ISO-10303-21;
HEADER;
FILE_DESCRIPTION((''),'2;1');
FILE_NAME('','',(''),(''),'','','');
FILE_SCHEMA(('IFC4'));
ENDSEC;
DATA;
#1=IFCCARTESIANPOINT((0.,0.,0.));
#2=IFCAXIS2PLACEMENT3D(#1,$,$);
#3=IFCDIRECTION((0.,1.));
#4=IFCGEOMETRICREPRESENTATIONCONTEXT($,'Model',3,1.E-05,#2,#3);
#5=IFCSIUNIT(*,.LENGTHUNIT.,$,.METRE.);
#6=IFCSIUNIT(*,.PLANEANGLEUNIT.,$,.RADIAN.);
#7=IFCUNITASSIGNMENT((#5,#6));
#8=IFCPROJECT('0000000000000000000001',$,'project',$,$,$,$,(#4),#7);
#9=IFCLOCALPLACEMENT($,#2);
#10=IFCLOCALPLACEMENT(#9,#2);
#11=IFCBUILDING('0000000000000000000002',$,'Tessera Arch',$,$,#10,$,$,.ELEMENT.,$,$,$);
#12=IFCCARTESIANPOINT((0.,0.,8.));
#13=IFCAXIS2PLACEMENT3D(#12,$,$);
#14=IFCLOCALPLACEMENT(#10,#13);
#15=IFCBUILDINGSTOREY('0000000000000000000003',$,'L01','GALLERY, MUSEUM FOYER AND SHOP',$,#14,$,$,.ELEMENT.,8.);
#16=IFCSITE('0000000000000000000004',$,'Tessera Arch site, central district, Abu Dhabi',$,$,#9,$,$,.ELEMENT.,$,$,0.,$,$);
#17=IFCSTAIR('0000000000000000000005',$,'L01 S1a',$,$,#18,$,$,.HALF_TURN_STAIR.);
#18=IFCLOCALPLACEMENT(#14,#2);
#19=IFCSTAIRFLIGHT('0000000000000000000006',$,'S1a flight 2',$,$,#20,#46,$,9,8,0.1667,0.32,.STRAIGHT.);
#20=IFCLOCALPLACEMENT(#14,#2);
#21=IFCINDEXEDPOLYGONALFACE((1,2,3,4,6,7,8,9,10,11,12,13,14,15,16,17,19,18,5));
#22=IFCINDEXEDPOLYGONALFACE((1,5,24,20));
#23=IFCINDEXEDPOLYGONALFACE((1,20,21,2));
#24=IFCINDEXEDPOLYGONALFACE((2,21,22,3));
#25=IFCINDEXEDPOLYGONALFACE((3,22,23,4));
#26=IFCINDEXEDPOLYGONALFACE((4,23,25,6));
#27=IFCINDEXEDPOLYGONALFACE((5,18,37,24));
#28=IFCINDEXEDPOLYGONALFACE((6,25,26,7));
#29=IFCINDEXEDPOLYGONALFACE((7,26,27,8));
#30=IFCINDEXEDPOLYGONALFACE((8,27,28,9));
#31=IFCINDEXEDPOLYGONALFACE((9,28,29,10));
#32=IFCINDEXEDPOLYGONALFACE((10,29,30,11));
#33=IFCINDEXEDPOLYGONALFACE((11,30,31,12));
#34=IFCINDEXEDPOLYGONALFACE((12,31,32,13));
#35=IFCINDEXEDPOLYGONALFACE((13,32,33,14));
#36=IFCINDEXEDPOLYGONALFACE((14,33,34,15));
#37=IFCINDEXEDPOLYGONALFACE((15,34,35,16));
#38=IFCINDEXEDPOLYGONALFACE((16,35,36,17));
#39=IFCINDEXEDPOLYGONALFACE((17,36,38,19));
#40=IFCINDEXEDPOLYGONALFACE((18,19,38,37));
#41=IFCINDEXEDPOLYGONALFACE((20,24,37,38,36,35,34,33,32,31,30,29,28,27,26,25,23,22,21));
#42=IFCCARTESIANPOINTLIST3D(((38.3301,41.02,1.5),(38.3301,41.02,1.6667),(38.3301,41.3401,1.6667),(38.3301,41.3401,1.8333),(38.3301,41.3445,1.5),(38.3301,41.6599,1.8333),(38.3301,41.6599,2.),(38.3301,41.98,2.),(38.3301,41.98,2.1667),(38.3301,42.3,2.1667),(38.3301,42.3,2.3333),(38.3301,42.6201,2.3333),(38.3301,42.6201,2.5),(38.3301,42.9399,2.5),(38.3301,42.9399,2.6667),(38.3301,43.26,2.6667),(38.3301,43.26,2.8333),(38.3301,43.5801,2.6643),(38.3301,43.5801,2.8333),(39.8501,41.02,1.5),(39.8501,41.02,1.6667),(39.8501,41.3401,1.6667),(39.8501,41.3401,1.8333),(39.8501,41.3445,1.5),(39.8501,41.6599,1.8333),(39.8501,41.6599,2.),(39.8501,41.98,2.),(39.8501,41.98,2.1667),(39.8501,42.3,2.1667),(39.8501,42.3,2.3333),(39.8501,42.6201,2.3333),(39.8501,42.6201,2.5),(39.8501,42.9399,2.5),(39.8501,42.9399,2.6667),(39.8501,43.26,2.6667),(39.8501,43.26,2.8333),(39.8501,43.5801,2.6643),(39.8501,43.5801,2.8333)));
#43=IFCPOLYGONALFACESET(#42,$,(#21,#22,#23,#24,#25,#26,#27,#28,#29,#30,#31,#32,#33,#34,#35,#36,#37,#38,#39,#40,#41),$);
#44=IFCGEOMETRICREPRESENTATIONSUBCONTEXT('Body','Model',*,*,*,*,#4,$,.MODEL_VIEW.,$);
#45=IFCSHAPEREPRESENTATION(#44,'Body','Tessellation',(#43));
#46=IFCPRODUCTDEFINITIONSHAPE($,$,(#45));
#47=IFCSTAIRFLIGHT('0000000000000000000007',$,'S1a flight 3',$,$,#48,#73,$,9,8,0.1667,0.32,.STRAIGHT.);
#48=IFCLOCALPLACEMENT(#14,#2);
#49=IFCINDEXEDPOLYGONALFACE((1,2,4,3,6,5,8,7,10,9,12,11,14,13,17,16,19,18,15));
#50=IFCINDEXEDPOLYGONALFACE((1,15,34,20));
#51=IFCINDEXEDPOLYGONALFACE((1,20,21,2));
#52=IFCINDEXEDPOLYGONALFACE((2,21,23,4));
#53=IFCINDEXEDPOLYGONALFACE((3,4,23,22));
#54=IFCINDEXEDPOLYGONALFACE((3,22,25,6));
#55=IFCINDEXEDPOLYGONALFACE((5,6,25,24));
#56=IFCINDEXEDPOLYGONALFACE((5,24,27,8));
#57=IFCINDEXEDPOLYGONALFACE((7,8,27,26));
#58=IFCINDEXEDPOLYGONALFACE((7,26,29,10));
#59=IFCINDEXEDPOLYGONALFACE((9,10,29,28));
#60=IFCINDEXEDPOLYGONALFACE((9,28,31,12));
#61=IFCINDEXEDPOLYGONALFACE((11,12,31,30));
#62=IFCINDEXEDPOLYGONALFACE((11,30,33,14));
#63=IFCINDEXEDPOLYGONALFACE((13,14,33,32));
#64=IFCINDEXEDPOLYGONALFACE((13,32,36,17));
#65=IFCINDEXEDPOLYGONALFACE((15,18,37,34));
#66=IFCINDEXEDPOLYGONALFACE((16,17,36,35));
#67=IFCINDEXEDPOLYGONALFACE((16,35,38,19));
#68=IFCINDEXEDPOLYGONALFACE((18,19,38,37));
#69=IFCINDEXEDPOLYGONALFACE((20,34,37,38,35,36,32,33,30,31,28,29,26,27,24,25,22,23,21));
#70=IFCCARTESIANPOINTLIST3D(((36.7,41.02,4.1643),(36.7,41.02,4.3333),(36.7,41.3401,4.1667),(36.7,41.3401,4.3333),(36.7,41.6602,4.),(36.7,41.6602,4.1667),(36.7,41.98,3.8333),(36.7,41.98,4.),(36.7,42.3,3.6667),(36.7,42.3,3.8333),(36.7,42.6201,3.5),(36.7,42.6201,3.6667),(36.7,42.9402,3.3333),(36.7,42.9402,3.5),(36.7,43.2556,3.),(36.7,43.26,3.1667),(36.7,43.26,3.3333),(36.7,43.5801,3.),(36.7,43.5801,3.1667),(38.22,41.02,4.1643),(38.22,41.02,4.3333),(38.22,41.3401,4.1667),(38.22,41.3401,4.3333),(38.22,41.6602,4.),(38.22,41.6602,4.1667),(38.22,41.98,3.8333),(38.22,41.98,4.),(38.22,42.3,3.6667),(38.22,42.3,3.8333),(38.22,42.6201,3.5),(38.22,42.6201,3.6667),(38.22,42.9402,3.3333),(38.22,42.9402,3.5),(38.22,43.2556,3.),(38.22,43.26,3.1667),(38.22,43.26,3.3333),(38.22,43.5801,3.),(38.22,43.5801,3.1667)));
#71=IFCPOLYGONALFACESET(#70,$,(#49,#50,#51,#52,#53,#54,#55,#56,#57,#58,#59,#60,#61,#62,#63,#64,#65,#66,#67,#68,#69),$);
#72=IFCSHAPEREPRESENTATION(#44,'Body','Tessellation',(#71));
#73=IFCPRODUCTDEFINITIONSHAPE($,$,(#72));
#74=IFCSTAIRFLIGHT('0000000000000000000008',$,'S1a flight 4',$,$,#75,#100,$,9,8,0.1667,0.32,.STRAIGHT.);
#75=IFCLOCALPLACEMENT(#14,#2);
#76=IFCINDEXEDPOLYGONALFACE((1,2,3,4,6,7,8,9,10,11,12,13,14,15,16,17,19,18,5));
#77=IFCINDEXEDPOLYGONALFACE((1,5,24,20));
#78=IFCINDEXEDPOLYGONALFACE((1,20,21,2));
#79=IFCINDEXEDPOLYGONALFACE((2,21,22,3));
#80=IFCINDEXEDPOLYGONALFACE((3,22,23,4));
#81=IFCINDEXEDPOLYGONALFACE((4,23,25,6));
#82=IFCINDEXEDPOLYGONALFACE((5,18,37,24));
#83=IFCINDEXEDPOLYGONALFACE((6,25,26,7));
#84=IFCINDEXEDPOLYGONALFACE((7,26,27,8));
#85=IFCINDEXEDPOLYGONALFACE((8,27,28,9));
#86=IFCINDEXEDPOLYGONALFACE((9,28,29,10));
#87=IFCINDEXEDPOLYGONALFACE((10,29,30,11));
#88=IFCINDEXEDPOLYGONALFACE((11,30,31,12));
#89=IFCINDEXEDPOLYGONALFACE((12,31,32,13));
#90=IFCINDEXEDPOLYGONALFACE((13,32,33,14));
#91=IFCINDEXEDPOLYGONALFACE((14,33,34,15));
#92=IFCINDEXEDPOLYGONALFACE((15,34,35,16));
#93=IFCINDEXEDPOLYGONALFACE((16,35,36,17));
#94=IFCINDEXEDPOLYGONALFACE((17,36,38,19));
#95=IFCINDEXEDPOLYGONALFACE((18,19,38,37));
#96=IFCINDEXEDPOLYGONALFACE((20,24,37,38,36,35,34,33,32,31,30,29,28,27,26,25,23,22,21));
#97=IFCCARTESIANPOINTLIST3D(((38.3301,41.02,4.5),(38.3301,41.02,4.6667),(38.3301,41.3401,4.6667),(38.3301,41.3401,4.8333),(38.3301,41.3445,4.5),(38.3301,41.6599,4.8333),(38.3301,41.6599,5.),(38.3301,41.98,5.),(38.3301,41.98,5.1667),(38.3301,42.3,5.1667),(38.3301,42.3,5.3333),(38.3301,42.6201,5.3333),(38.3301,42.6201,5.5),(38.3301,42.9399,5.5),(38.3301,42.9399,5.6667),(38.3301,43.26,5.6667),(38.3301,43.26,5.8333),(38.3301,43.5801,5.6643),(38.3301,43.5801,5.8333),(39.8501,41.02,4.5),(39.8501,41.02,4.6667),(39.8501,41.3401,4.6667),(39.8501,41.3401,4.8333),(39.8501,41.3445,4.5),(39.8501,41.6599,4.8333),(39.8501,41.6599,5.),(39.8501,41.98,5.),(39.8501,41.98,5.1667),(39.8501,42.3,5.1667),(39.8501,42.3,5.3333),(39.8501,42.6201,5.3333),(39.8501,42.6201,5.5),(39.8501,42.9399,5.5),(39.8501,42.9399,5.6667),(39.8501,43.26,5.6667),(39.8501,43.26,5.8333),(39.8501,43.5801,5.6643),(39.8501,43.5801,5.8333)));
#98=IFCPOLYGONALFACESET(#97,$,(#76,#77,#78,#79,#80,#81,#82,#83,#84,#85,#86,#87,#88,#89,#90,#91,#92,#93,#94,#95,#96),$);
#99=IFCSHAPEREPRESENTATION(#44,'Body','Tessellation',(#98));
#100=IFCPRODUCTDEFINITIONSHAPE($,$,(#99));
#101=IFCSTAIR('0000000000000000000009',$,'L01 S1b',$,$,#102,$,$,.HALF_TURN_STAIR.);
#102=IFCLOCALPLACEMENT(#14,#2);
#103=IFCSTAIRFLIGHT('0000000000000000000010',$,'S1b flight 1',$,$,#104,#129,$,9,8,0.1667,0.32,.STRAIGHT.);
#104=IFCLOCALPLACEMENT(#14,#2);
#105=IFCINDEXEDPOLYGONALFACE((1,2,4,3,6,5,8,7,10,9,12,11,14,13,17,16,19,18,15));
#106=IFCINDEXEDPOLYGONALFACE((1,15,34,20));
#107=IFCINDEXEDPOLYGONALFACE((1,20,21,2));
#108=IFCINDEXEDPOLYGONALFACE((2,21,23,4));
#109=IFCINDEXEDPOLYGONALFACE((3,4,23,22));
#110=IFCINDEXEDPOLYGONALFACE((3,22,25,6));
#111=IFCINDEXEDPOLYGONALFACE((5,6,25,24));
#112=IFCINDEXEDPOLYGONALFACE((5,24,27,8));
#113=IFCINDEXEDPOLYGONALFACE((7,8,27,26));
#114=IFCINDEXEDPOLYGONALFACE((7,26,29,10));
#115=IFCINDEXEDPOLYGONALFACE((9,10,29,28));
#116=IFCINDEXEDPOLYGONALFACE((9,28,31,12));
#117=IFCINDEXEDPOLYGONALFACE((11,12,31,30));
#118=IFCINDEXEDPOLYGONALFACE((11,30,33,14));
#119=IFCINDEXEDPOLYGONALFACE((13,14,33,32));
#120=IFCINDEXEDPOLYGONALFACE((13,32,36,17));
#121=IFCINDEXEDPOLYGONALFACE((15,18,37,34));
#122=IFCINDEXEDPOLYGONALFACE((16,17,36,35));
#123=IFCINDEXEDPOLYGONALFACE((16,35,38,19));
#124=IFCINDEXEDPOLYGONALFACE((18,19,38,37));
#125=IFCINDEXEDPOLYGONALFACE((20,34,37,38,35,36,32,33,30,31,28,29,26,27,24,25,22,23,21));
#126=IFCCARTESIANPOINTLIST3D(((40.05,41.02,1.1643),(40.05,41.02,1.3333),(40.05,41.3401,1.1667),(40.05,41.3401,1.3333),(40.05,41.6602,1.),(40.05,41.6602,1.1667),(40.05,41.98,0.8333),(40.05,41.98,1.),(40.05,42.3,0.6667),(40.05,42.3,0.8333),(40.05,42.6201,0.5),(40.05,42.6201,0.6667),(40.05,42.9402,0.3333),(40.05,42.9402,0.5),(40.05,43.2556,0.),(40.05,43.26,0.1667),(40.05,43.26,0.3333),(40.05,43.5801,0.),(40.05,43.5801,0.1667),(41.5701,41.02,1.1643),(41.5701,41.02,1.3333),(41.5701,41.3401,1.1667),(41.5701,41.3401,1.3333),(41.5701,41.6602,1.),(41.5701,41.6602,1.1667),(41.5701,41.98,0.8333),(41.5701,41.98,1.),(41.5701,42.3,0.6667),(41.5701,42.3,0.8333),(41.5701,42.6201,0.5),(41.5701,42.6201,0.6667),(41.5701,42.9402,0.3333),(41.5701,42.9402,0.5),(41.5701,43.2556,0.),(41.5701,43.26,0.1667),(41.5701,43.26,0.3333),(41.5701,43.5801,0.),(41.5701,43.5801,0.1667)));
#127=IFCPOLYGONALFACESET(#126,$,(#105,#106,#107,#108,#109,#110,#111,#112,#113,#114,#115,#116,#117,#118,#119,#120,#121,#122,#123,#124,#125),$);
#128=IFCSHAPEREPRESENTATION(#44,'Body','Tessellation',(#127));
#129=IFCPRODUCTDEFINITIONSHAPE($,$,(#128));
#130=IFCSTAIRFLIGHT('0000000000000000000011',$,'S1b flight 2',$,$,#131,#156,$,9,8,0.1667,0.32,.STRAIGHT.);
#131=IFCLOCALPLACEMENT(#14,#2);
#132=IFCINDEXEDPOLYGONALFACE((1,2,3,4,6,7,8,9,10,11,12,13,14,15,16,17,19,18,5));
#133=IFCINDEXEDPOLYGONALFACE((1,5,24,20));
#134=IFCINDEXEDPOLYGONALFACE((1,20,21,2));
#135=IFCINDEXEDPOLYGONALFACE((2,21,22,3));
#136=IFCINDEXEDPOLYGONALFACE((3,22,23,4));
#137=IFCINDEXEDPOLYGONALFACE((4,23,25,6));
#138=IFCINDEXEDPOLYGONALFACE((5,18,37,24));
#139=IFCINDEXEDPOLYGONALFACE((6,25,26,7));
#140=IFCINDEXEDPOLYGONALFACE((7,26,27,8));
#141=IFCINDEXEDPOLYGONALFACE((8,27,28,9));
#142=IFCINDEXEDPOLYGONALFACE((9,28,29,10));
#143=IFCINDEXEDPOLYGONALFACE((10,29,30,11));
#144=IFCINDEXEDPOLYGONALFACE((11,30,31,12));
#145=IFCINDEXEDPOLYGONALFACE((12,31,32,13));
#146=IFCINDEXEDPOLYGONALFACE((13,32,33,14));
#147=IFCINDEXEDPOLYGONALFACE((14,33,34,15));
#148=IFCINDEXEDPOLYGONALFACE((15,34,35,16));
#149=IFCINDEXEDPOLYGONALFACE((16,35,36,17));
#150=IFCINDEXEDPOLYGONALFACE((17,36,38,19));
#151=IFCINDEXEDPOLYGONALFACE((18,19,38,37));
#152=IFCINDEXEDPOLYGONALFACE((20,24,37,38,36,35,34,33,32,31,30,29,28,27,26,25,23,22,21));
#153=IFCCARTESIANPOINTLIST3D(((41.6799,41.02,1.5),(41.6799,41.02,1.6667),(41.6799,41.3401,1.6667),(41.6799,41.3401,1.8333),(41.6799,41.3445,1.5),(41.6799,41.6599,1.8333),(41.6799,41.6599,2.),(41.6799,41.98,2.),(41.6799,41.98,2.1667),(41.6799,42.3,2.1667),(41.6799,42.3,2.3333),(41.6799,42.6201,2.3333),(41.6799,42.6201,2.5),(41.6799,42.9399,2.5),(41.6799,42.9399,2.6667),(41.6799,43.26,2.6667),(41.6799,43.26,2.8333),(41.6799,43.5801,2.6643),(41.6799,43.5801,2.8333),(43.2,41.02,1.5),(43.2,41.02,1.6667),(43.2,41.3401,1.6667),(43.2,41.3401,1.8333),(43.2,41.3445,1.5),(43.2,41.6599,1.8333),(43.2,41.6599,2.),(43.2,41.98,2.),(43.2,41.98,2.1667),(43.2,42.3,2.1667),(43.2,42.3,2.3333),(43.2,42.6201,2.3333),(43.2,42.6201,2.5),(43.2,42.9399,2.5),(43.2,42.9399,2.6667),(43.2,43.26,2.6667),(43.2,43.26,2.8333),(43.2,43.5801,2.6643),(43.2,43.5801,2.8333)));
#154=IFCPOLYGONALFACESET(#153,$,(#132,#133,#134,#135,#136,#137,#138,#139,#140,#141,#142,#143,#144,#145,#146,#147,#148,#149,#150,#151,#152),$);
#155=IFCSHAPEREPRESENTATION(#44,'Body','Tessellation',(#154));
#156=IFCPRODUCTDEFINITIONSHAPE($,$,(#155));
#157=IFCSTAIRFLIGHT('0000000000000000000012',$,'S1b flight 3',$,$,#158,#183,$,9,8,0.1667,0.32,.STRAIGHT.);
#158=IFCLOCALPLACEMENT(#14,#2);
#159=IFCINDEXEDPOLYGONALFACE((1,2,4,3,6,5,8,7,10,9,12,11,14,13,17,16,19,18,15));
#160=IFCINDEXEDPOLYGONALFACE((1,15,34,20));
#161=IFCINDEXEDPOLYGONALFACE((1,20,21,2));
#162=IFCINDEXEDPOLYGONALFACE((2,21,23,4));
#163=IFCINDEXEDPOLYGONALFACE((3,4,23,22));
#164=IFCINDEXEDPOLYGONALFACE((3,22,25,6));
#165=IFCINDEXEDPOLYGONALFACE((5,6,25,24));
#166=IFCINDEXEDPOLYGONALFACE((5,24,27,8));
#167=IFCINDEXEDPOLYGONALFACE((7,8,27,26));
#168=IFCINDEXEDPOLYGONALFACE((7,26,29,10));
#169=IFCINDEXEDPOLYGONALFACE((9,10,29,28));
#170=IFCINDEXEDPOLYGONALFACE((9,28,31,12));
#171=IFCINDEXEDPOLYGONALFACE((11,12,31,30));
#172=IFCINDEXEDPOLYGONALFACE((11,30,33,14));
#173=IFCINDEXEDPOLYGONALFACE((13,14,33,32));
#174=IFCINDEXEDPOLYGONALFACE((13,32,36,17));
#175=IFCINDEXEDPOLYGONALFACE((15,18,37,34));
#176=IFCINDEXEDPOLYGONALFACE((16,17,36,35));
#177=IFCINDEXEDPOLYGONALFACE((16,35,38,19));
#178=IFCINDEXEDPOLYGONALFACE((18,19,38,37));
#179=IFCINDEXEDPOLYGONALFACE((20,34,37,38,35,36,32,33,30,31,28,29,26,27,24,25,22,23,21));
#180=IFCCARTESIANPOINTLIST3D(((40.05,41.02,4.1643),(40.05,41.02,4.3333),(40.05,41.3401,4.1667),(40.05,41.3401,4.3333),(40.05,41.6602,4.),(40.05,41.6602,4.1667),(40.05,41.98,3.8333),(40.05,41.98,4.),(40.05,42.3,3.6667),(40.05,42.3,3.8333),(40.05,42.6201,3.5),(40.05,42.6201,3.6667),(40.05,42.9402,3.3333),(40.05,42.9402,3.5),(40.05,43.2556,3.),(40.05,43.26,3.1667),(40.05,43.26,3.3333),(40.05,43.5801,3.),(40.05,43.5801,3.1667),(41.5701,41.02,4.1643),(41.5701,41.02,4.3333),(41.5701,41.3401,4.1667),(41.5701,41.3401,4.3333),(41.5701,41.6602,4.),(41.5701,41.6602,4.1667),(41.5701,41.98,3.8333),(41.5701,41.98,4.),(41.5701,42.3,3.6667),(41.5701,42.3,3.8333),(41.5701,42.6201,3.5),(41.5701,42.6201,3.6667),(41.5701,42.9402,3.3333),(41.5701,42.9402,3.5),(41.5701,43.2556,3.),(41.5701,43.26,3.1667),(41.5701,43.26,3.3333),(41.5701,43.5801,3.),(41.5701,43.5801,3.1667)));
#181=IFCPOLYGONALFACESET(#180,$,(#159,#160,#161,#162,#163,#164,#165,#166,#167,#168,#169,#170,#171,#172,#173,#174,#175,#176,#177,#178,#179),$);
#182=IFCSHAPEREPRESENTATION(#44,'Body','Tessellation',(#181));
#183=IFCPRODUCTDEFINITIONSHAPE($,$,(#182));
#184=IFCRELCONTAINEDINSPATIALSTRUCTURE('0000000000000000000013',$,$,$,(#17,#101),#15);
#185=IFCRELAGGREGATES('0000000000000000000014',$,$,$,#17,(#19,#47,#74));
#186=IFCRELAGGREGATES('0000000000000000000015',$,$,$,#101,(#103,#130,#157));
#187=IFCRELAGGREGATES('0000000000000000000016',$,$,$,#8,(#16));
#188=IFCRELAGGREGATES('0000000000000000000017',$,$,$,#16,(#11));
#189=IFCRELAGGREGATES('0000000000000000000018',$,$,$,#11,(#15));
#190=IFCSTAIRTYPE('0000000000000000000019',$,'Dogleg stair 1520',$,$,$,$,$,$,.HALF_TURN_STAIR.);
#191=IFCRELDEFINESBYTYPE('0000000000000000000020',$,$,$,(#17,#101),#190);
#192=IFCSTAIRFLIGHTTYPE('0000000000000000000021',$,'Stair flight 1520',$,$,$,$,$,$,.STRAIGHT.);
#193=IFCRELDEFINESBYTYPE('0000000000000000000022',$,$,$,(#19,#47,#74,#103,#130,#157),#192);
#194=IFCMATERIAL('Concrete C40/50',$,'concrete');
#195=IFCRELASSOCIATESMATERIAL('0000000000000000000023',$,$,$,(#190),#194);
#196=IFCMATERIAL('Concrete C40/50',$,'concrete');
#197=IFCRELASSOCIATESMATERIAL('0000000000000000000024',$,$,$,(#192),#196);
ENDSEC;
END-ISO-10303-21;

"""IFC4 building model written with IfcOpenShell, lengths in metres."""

from ifc_helpers import new_model, si_unit, direction, frame, origin, place, context, subcontext, project, spatial, polyline, outline, extrude, material, type_object, element, aggregate, save


model = new_model("IFC4")

# Units and contexts
model_context = context("Model", 3, precision=1e-05, world=origin(), true_north=direction((0.0, 1.0)))
body_context = subcontext(model_context, "Body", "Model", "MODEL_VIEW")
ifc_project = project(units=[si_unit("LENGTHUNIT", "METRE"), si_unit("PLANEANGLEUNIT", "RADIAN")], contexts=[model_context])

# Site, building, storey
site_placement = place(None, origin())
site = spatial("IfcSite", under=ifc_project, at=site_placement, Name="Tessera Arch site, central district, Abu Dhabi", CompositionType="ELEMENT", RefElevation=0.0)
building_placement = place(site_placement, origin())
building = spatial("IfcBuilding", under=site, at=building_placement, Name="Tessera Arch", CompositionType="ELEMENT")
storey_placement = place(building_placement, frame((0.0, 0.0, 8.0)))
storey = spatial("IfcBuildingStorey", under=building, at=storey_placement, Name="L01", Description="GALLERY, MUSEUM FOYER AND SHOP", CompositionType="ELEMENT", Elevation=8.0)

# Stairs, stair flights
ifc_material_1 = material(Name="Concrete C40/50", Category="concrete")
stair_type = type_object("IfcStairType", Name="Dogleg stair 1520", PredefinedType="HALF_TURN_STAIR", material=ifc_material_1)
stair_1_placement = place(storey_placement, origin())
stair_1 = element("IfcStair", 1, at=stair_1_placement, inside=storey, type_object=stair_type, Name="L01 S1a", PredefinedType="HALF_TURN_STAIR")
ifc_material_2 = material(Name="Concrete C40/50", Category="concrete")
stair_flight_type = type_object("IfcStairFlightType", Name="Stair flight 1520", PredefinedType="STRAIGHT", material=ifc_material_2)
stair_flight_1_placement = place(storey_placement, frame((39.0901, 41.02, 1.5), z_axis=(0.0, 0.0, 1.0), x_axis=(0.0, 1.0, 0.0)))
stair_flight_1 = element("IfcStairFlight", 2, at=stair_flight_1_placement, type_object=stair_flight_type, Name="S1a flight 2", NumberOfRisers=9, NumberOfTreads=8, PredefinedType="STRAIGHT", RiserHeight=0.1667, TreadLength=0.32, context=body_context, shape_type="SweptSolid", body=[
    extrude(outline(polyline([(0.0, 0.0), (0.0, 0.1667), (0.3201, 0.1667), (0.3201, 0.3333), (0.6399, 0.3333), (0.6399, 0.5), (0.96, 0.5), (0.96, 0.6667), (1.28, 0.6667), (1.28, 0.8333), (1.6001, 0.8333), (1.6001, 1.0), (1.9199, 1.0), (1.9199, 1.1667), (2.24, 1.1667), (2.24, 1.3333), (2.5601, 1.3333), (2.5601, 1.5), (2.5601, 1.1643), (0.3245, 0.0), (0.0, 0.0)])), frame((0.0, 0.76, 0.0), z_axis=(0.0, -1.0, 0.0), x_axis=(1.0, 0.0, 0.0)), (0.0, 0.0, 1.0), 1.52),
])
stair_flight_2_placement = place(storey_placement, frame((37.46, 43.5801, 3.0), z_axis=(0.0, 0.0, 1.0), x_axis=(0.0, -1.0, 0.0)))
stair_flight_2 = element("IfcStairFlight", 3, at=stair_flight_2_placement, type_object=stair_flight_type, Name="S1a flight 3", NumberOfRisers=9, NumberOfTreads=8, PredefinedType="STRAIGHT", RiserHeight=0.1667, TreadLength=0.32, context=body_context, shape_type="SweptSolid", body=[
    extrude(outline(polyline([(0.0, 0.0), (0.0, 0.1667), (0.3201, 0.1667), (0.3201, 0.3333), (0.6399, 0.3333), (0.6399, 0.5), (0.96, 0.5), (0.96, 0.6667), (1.28, 0.6667), (1.28, 0.8333), (1.6001, 0.8333), (1.6001, 1.0), (1.9199, 1.0), (1.9199, 1.1667), (2.24, 1.1667), (2.24, 1.3333), (2.5601, 1.3333), (2.5601, 1.5), (2.5601, 1.1643), (0.3245, 0.0), (0.0, 0.0)])), frame((0.0, 0.76, 0.0), z_axis=(0.0, -1.0, 0.0), x_axis=(1.0, 0.0, 0.0)), (0.0, 0.0, 1.0), 1.52),
])
stair_flight_3_placement = place(storey_placement, frame((39.0901, 41.02, 4.5), z_axis=(0.0, 0.0, 1.0), x_axis=(0.0, 1.0, 0.0)))
stair_flight_3 = element("IfcStairFlight", 4, at=stair_flight_3_placement, type_object=stair_flight_type, Name="S1a flight 4", NumberOfRisers=9, NumberOfTreads=8, PredefinedType="STRAIGHT", RiserHeight=0.1667, TreadLength=0.32, context=body_context, shape_type="SweptSolid", body=[
    extrude(outline(polyline([(0.0, 0.0), (0.0, 0.1667), (0.3201, 0.1667), (0.3201, 0.3333), (0.6399, 0.3333), (0.6399, 0.5), (0.96, 0.5), (0.96, 0.6667), (1.28, 0.6667), (1.28, 0.8333), (1.6001, 0.8333), (1.6001, 1.0), (1.9199, 1.0), (1.9199, 1.1667), (2.24, 1.1667), (2.24, 1.3333), (2.5601, 1.3333), (2.5601, 1.5), (2.5601, 1.1643), (0.3245, 0.0), (0.0, 0.0)])), frame((0.0, 0.76, 0.0), z_axis=(0.0, -1.0, 0.0), x_axis=(1.0, 0.0, 0.0)), (0.0, 0.0, 1.0), 1.52),
])
aggregate(stair_1, [stair_flight_1, stair_flight_2, stair_flight_3])
stair_2_placement = place(storey_placement, origin())
stair_2 = element("IfcStair", 5, at=stair_2_placement, inside=storey, type_object=stair_type, Name="L01 S1b", PredefinedType="HALF_TURN_STAIR")
stair_flight_4_placement = place(storey_placement, frame((40.8101, 43.5801, 0.0), z_axis=(0.0, 0.0, 1.0), x_axis=(0.0, -1.0, 0.0)))
stair_flight_4 = element("IfcStairFlight", 6, at=stair_flight_4_placement, type_object=stair_flight_type, Name="S1b flight 1", NumberOfRisers=9, NumberOfTreads=8, PredefinedType="STRAIGHT", RiserHeight=0.1667, TreadLength=0.32, context=body_context, shape_type="SweptSolid", body=[
    extrude(outline(polyline([(0.0, 0.0), (0.0, 0.1667), (0.3201, 0.1667), (0.3201, 0.3333), (0.6399, 0.3333), (0.6399, 0.5), (0.96, 0.5), (0.96, 0.6667), (1.28, 0.6667), (1.28, 0.8333), (1.6001, 0.8333), (1.6001, 1.0), (1.9199, 1.0), (1.9199, 1.1667), (2.24, 1.1667), (2.24, 1.3333), (2.5601, 1.3333), (2.5601, 1.5), (2.5601, 1.1643), (0.3245, 0.0), (0.0, 0.0)])), frame((0.0, 0.76, 0.0), z_axis=(0.0, -1.0, 0.0), x_axis=(1.0, 0.0, 0.0)), (0.0, 0.0, 1.0), 1.52),
])
stair_flight_5_placement = place(storey_placement, frame((42.4399, 41.02, 1.5), z_axis=(0.0, 0.0, 1.0), x_axis=(0.0, 1.0, 0.0)))
stair_flight_5 = element("IfcStairFlight", 7, at=stair_flight_5_placement, type_object=stair_flight_type, Name="S1b flight 2", NumberOfRisers=9, NumberOfTreads=8, PredefinedType="STRAIGHT", RiserHeight=0.1667, TreadLength=0.32, context=body_context, shape_type="SweptSolid", body=[
    extrude(outline(polyline([(0.0, 0.0), (0.0, 0.1667), (0.3201, 0.1667), (0.3201, 0.3333), (0.6399, 0.3333), (0.6399, 0.5), (0.96, 0.5), (0.96, 0.6667), (1.28, 0.6667), (1.28, 0.8333), (1.6001, 0.8333), (1.6001, 1.0), (1.9199, 1.0), (1.9199, 1.1667), (2.24, 1.1667), (2.24, 1.3333), (2.5601, 1.3333), (2.5601, 1.5), (2.5601, 1.1643), (0.3245, 0.0), (0.0, 0.0)])), frame((0.0, 0.76, 0.0), z_axis=(0.0, -1.0, 0.0), x_axis=(1.0, 0.0, 0.0)), (0.0, 0.0, 1.0), 1.52),
])
stair_flight_6_placement = place(storey_placement, frame((40.8101, 43.5801, 3.0), z_axis=(0.0, 0.0, 1.0), x_axis=(0.0, -1.0, 0.0)))
stair_flight_6 = element("IfcStairFlight", 8, at=stair_flight_6_placement, type_object=stair_flight_type, Name="S1b flight 3", NumberOfRisers=9, NumberOfTreads=8, PredefinedType="STRAIGHT", RiserHeight=0.1667, TreadLength=0.32, context=body_context, shape_type="SweptSolid", body=[
    extrude(outline(polyline([(0.0, 0.0), (0.0, 0.1667), (0.3201, 0.1667), (0.3201, 0.3333), (0.6399, 0.3333), (0.6399, 0.5), (0.96, 0.5), (0.96, 0.6667), (1.28, 0.6667), (1.28, 0.8333), (1.6001, 0.8333), (1.6001, 1.0), (1.9199, 1.0), (1.9199, 1.1667), (2.24, 1.1667), (2.24, 1.3333), (2.5601, 1.3333), (2.5601, 1.5), (2.5601, 1.1643), (0.3245, 0.0), (0.0, 0.0)])), frame((0.0, 0.76, 0.0), z_axis=(0.0, -1.0, 0.0), x_axis=(1.0, 0.0, 0.0)), (0.0, 0.0, 1.0), 1.52),
])
aggregate(stair_2, [stair_flight_4, stair_flight_5, stair_flight_6])

save(model, "model.ifc")
